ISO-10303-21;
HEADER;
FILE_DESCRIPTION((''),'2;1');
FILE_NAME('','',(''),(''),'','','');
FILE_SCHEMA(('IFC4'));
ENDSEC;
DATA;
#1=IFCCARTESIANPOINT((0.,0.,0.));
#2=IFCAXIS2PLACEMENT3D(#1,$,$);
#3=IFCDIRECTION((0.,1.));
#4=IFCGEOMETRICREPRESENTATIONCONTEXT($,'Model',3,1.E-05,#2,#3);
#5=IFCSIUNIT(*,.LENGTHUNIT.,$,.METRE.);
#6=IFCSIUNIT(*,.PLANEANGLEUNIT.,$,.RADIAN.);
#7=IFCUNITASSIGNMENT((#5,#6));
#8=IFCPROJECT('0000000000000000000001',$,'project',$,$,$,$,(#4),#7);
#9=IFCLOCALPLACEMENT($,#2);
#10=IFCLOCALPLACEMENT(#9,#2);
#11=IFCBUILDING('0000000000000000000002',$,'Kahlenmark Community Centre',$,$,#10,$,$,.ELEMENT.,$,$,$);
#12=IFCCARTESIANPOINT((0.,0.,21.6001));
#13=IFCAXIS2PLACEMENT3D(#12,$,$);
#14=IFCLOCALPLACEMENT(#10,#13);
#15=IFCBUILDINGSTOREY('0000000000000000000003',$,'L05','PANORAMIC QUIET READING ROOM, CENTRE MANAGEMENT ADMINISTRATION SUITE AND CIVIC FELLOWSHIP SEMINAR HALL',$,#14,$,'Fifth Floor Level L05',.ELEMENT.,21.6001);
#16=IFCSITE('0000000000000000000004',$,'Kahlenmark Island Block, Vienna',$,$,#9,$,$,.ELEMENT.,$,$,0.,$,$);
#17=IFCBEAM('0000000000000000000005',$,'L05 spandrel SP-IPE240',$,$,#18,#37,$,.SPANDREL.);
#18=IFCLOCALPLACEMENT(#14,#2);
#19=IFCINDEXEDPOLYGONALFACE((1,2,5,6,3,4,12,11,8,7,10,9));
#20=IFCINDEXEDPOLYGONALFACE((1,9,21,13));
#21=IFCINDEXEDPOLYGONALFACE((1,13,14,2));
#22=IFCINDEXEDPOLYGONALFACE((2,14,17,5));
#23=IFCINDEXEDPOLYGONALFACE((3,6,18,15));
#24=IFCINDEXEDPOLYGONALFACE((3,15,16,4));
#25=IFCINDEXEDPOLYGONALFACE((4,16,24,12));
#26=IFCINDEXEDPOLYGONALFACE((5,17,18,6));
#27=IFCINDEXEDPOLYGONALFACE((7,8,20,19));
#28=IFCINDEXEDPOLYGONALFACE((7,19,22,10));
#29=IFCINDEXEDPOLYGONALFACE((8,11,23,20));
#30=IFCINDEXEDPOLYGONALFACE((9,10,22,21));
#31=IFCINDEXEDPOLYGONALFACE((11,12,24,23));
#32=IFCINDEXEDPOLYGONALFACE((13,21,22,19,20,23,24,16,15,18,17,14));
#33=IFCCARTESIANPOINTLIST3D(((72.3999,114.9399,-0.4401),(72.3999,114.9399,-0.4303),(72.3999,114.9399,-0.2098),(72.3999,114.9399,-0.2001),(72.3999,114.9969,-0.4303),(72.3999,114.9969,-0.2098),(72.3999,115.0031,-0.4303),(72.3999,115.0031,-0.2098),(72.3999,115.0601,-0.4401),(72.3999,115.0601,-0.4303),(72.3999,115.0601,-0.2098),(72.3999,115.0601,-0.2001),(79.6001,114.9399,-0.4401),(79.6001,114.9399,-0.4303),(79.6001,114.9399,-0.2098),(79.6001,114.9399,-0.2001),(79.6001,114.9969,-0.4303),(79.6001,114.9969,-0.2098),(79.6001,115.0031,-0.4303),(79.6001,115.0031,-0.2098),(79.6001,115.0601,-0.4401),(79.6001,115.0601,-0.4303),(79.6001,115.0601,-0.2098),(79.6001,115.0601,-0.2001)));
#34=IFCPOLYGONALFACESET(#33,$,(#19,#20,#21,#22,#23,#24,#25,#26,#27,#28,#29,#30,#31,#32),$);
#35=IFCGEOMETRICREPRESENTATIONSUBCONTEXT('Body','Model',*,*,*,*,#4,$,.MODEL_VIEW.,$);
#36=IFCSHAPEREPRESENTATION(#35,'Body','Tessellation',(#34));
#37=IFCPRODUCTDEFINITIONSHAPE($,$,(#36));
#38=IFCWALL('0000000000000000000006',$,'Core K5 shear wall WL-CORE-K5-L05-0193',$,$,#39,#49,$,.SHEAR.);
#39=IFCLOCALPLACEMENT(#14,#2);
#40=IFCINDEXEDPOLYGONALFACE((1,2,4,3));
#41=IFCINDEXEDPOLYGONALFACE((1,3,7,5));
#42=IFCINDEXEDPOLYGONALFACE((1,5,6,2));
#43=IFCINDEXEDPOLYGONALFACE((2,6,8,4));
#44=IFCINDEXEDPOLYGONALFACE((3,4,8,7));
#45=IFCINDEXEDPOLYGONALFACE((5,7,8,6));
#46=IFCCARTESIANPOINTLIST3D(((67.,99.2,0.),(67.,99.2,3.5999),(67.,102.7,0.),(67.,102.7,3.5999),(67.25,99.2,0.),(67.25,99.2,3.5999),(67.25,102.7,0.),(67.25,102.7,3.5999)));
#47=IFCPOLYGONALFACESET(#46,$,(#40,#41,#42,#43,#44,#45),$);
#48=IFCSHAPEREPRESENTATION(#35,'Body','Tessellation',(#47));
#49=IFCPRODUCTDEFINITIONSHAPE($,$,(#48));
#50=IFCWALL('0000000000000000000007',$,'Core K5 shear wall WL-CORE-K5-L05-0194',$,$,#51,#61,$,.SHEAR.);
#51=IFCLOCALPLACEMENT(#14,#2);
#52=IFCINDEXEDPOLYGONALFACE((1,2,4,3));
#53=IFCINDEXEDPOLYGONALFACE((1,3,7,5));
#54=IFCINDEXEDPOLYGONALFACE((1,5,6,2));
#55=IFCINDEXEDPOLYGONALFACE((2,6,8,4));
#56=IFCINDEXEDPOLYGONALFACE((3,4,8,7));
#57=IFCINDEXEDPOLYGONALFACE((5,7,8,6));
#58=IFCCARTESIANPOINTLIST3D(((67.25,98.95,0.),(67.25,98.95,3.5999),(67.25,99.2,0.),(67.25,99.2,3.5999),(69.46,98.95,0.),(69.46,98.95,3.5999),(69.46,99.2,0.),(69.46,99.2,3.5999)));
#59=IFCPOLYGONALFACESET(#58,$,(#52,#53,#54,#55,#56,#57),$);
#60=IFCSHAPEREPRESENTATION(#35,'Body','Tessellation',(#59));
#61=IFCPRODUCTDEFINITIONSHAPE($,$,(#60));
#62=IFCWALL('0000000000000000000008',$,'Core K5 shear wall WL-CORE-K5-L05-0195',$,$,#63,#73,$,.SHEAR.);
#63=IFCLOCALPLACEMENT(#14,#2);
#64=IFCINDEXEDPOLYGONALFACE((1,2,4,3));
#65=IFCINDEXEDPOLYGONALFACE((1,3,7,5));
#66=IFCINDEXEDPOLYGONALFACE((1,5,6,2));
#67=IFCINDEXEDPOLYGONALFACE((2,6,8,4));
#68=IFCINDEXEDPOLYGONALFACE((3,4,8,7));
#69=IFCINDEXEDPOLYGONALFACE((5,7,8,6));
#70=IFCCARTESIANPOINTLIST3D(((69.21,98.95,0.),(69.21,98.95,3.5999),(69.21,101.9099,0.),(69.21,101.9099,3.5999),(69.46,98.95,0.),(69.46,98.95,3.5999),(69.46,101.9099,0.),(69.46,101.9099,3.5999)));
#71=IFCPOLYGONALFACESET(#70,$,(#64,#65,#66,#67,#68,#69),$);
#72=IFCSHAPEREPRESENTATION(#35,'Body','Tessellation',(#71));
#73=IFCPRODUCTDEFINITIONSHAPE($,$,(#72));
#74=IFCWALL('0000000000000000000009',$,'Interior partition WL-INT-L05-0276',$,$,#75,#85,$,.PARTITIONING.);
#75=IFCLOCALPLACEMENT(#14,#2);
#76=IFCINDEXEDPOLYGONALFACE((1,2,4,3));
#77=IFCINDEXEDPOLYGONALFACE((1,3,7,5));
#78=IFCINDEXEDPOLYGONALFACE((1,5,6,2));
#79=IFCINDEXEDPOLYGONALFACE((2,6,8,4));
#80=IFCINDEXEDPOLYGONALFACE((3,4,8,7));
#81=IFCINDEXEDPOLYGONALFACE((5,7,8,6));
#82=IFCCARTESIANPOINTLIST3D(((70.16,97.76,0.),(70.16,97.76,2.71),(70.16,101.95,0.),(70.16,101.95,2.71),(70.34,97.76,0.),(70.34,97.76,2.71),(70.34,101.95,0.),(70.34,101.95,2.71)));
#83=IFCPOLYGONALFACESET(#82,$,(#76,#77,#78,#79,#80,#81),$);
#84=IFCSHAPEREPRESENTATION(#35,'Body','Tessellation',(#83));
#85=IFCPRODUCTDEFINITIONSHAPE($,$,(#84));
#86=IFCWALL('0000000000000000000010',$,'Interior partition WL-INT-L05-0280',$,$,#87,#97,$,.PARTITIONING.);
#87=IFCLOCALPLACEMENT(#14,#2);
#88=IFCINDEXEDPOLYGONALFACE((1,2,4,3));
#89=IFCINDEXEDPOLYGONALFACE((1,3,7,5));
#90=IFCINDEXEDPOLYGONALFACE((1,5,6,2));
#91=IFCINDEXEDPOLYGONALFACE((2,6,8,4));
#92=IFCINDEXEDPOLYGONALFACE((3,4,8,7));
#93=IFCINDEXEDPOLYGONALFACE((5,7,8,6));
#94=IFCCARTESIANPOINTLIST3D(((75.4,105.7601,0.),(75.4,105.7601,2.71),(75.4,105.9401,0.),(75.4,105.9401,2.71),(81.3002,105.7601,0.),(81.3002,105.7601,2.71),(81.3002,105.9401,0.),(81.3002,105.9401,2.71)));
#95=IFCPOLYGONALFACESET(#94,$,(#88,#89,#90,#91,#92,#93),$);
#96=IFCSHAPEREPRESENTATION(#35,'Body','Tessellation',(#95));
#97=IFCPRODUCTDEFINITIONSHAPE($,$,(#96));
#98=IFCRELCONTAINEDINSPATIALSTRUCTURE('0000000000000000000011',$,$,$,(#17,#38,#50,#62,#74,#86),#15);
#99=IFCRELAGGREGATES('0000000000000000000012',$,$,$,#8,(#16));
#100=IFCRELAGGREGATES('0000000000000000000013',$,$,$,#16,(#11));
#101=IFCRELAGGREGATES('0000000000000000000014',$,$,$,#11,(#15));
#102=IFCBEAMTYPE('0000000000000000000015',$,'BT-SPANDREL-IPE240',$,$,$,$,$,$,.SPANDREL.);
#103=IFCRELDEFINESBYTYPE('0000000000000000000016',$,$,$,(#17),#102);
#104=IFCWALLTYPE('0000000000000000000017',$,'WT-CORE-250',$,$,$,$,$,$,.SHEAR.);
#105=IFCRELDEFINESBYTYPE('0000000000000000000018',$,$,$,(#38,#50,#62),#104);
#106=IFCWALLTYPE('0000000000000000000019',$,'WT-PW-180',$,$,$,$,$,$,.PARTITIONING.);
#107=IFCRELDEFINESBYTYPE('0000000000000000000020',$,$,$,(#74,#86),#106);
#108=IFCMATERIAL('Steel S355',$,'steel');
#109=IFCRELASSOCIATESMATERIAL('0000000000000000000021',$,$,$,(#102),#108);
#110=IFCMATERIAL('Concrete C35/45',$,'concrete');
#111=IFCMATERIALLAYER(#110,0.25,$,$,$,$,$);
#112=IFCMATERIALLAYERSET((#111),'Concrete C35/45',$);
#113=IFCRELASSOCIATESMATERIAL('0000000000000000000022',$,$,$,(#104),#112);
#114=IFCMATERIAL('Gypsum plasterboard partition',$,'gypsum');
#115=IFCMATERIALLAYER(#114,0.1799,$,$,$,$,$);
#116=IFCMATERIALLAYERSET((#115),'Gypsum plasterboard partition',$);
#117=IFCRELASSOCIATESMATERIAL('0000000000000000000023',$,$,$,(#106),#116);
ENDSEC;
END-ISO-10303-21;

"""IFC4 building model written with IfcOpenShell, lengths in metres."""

from ifc_helpers import new_model, si_unit, direction, frame, frame_2d, origin, origin_2d, place, context, subcontext, project, spatial, rectangle, i_section, extrude, material, layer, layer_set, material_profile, profile_set, type_object, element, save


model = new_model("IFC4")

# Units and contexts
model_context = context("Model", 3, precision=1e-05, world=origin(), true_north=direction((0.0, 1.0)))
body_context = subcontext(model_context, "Body", "Model", "MODEL_VIEW")
ifc_project = project(units=[si_unit("LENGTHUNIT", "METRE"), si_unit("PLANEANGLEUNIT", "RADIAN")], contexts=[model_context])

# Site, building, storey
site_placement = place(None, origin())
site = spatial("IfcSite", under=ifc_project, at=site_placement, Name="Kahlenmark Island Block, Vienna", CompositionType="ELEMENT", RefElevation=0.0)
building_placement = place(site_placement, origin())
building = spatial("IfcBuilding", under=site, at=building_placement, Name="Kahlenmark Community Centre", CompositionType="ELEMENT")
storey_placement = place(building_placement, frame((0.0, 0.0, 21.6001)))
storey = spatial("IfcBuildingStorey", under=building, at=storey_placement, Name="L05", Description="PANORAMIC QUIET READING ROOM, CENTRE MANAGEMENT ADMINISTRATION SUITE AND CIVIC FELLOWSHIP SEMINAR HALL", LongName="Fifth Floor Level L05", CompositionType="ELEMENT", Elevation=21.6001)

# Shared definitions
ifc_material_1 = material(Name="Steel S355", Category="steel")

# Beam
ifc_material_profile_1 = material_profile(ifc_material_1, i_section(OverallWidth=0.1201, OverallDepth=0.24, WebThickness=0.0061, FlangeThickness=0.0098, at=origin_2d()), Name="IPE 240")
ifc_profile_set_1 = profile_set([ifc_material_profile_1], Name="Steel S355")
beam_type_1 = type_object("IfcBeamType", Name="BT-SPANDREL-IPE240", PredefinedType="SPANDREL", material=ifc_profile_set_1)
beam_1_placement = place(storey_placement, frame((72.3999, 115.0, -0.3201), z_axis=(1.0, 0.0, 0.0), x_axis=(0.0, 1.0, 0.0)))
element("IfcBeam", 1, at=beam_1_placement, inside=storey, type_object=beam_type_1, Name="L05 spandrel SP-IPE240", PredefinedType="SPANDREL", context=body_context, shape_type="SweptSolid", body=[
    extrude(i_section(OverallWidth=0.1201, OverallDepth=0.24, WebThickness=0.0061, FlangeThickness=0.0098, at=origin_2d()), origin(), (0.0, 0.0, 1.0), 7.2002),
])

# Walls
ifc_material_2 = material(Name="Concrete C35/45", Category="concrete")
ifc_layer_1 = layer(ifc_material_2, 0.25)
ifc_layer_set_1 = layer_set([ifc_layer_1], Name="Concrete C35/45")
wall_type_1 = type_object("IfcWallType", Name="WT-CORE-250", PredefinedType="SHEAR", material=ifc_layer_set_1)
wall_1_placement = place(storey_placement, frame((67.125, 99.2, 0.0), z_axis=(0.0, 0.0, 1.0), x_axis=(0.0, 1.0, 0.0)))
element("IfcWall", 2, at=wall_1_placement, inside=storey, type_object=wall_type_1, Name="Core K5 shear wall WL-CORE-K5-L05-0193", PredefinedType="SHEAR", context=body_context, shape_type="SweptSolid", body=[
    extrude(rectangle(XDim=3.5, YDim=0.25, at=frame_2d((1.75, 0.0))), origin(), (0.0, 0.0, 1.0), 3.5999),
])
wall_2_placement = place(storey_placement, frame((67.25, 99.075, 0.0), z_axis=(0.0, 0.0, 1.0), x_axis=(1.0, 0.0, 0.0)))
element("IfcWall", 3, at=wall_2_placement, inside=storey, type_object=wall_type_1, Name="Core K5 shear wall WL-CORE-K5-L05-0194", PredefinedType="SHEAR", context=body_context, shape_type="SweptSolid", body=[
    extrude(rectangle(XDim=2.21, YDim=0.25, at=frame_2d((1.105, 0.0))), origin(), (0.0, 0.0, 1.0), 3.5999),
])
wall_3_placement = place(storey_placement, frame((69.335, 98.95, 0.0), z_axis=(0.0, 0.0, 1.0), x_axis=(0.0, 1.0, 0.0)))
element("IfcWall", 4, at=wall_3_placement, inside=storey, type_object=wall_type_1, Name="Core K5 shear wall WL-CORE-K5-L05-0195", PredefinedType="SHEAR", context=body_context, shape_type="SweptSolid", body=[
    extrude(rectangle(XDim=2.96, YDim=0.25, at=frame_2d((1.48, 0.0))), origin(), (0.0, 0.0, 1.0), 3.5999),
])

# Walls
ifc_material_3 = material(Name="Gypsum plasterboard partition", Category="gypsum")
ifc_layer_2 = layer(ifc_material_3, 0.1799)
ifc_layer_set_2 = layer_set([ifc_layer_2], Name="Gypsum plasterboard partition")
wall_type_2 = type_object("IfcWallType", Name="WT-PW-180", PredefinedType="PARTITIONING", material=ifc_layer_set_2)
wall_4_placement = place(storey_placement, frame((70.25, 97.76, 0.0), z_axis=(0.0, 0.0, 1.0), x_axis=(0.0, 1.0, 0.0)))
element("IfcWall", 5, at=wall_4_placement, inside=storey, type_object=wall_type_2, Name="Interior partition WL-INT-L05-0276", PredefinedType="PARTITIONING", context=body_context, shape_type="SweptSolid", body=[
    extrude(rectangle(XDim=4.1899, YDim=0.1799, at=frame_2d((2.095, 0.0))), origin(), (0.0, 0.0, 1.0), 2.71),
])
wall_5_placement = place(storey_placement, frame((75.3999, 105.8501, 0.0), z_axis=(0.0, 0.0, 1.0), x_axis=(1.0, 0.0, 0.0)))
element("IfcWall", 6, at=wall_5_placement, inside=storey, type_object=wall_type_2, Name="Interior partition WL-INT-L05-0280", PredefinedType="PARTITIONING", context=body_context, shape_type="SweptSolid", body=[
    extrude(rectangle(XDim=5.9001, YDim=0.1799, at=frame_2d((2.9502, 0.0))), origin(), (0.0, 0.0, 1.0), 2.71),
])

save(model, "model.ifc")
